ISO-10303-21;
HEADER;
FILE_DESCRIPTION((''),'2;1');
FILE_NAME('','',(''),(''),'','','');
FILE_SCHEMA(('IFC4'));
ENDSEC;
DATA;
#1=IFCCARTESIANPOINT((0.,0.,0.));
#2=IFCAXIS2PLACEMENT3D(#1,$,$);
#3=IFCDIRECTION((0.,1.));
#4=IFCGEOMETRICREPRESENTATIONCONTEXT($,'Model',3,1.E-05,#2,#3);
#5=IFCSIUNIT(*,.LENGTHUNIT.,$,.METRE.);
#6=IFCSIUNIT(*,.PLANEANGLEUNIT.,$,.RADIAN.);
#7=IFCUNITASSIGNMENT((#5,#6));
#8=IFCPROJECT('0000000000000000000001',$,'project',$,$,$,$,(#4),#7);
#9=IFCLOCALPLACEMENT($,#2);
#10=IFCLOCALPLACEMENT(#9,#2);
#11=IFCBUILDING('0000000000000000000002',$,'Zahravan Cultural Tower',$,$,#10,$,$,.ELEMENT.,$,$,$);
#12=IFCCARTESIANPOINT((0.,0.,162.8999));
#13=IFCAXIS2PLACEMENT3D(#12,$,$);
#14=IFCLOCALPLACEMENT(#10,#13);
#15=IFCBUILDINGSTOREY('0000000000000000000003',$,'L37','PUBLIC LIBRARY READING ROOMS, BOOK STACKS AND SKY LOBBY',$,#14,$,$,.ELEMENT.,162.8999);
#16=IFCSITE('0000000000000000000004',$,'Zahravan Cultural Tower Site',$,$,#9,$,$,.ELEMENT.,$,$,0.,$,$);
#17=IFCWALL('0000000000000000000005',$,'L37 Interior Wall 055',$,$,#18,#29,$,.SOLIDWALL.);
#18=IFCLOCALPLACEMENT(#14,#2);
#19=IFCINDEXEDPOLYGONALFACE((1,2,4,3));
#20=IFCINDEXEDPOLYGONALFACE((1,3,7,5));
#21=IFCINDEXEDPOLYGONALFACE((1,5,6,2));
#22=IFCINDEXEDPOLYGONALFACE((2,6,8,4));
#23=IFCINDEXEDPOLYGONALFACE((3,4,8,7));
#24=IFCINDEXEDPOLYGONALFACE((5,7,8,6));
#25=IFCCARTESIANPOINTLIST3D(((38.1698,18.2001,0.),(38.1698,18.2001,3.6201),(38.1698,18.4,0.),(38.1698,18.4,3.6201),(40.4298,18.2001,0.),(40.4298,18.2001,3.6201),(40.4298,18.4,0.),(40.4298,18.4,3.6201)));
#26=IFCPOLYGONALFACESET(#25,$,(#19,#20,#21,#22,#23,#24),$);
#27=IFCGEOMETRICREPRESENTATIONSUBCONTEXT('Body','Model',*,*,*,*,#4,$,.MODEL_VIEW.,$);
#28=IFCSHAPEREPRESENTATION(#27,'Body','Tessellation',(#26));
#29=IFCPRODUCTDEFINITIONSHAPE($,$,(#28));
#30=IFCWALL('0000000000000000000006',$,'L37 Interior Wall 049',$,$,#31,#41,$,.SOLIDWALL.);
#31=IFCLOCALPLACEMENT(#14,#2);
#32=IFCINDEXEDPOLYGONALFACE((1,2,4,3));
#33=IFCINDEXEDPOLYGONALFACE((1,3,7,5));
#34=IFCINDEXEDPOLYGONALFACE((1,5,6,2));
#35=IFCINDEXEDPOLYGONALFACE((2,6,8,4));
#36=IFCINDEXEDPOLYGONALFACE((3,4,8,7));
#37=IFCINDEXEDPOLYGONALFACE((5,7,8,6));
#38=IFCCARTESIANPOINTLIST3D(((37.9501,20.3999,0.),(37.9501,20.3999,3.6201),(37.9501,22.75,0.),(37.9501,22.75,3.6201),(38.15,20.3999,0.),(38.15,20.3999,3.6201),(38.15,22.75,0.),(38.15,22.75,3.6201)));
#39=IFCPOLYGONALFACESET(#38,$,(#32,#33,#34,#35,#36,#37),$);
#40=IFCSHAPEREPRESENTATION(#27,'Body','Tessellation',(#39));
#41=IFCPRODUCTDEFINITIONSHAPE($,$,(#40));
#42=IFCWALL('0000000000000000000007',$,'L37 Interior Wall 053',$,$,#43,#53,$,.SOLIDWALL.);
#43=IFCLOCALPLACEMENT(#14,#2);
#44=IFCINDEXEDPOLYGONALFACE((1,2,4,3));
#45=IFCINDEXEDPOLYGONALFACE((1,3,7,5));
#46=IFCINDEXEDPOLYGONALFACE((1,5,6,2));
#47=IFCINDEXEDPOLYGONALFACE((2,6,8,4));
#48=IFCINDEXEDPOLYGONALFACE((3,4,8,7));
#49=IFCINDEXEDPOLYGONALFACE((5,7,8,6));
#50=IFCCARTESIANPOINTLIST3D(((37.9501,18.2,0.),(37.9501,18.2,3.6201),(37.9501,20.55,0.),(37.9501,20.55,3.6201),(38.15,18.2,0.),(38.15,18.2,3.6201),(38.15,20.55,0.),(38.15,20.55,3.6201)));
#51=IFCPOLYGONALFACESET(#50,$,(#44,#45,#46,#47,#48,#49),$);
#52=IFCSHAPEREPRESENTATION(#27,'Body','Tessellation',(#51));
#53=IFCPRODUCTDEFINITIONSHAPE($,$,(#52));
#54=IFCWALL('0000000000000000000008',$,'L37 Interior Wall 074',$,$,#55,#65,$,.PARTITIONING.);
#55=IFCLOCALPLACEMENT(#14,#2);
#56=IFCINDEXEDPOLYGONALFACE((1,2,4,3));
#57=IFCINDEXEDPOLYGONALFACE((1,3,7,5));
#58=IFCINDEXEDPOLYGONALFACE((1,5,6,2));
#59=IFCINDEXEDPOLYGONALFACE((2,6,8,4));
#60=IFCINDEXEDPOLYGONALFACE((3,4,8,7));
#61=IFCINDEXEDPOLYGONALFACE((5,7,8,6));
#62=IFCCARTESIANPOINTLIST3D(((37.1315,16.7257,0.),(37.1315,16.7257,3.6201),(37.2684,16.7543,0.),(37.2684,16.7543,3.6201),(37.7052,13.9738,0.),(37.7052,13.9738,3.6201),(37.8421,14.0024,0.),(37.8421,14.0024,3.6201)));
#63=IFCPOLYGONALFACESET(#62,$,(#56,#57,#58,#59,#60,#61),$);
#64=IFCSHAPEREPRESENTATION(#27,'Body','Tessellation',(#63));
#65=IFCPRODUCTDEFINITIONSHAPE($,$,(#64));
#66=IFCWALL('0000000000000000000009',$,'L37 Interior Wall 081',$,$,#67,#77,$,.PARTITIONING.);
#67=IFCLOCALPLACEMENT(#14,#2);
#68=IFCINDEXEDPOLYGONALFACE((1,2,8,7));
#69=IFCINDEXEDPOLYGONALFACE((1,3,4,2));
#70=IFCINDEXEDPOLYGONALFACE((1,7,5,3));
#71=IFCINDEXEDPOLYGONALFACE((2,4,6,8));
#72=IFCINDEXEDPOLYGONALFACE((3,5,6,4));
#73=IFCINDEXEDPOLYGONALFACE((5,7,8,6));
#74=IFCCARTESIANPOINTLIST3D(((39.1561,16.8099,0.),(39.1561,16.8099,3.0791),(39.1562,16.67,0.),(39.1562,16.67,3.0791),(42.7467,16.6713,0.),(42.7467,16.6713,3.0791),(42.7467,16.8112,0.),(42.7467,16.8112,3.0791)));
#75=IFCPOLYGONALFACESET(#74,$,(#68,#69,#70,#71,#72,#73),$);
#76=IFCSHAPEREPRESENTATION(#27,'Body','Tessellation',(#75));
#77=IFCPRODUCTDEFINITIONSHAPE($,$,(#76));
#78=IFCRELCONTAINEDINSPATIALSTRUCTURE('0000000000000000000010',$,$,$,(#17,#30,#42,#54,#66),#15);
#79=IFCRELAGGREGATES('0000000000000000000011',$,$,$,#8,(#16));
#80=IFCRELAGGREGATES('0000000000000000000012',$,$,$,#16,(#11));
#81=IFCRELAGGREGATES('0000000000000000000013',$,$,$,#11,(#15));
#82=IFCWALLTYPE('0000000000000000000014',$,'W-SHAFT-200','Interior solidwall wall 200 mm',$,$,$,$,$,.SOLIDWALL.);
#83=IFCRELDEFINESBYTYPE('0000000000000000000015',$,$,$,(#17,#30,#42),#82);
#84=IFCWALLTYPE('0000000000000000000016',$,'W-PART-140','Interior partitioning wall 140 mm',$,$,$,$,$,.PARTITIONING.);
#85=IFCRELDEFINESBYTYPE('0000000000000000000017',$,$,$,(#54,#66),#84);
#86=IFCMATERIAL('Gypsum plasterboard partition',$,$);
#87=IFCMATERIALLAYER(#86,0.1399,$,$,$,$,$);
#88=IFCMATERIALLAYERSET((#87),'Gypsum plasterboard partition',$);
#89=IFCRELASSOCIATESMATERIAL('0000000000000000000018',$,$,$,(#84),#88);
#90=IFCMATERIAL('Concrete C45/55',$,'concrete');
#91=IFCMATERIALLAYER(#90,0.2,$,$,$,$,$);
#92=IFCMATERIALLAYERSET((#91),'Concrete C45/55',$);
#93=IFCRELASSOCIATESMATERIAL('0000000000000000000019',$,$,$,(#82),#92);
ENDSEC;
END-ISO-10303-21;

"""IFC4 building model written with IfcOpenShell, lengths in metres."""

from ifc_helpers import new_model, si_unit, direction, frame, frame_2d, origin, place, context, subcontext, project, spatial, rectangle, extrude, source, transform, mapped, material, layer, layer_set, type_object, element, save


model = new_model("IFC4")

# Units and contexts
model_context = context("Model", 3, precision=1e-05, world=origin(), true_north=direction((0.0, 1.0)))
body_context = subcontext(model_context, "Body", "Model", "MODEL_VIEW")
ifc_project = project(units=[si_unit("LENGTHUNIT", "METRE"), si_unit("PLANEANGLEUNIT", "RADIAN")], contexts=[model_context])

# Site, building, storey
site_placement = place(None, origin())
site = spatial("IfcSite", under=ifc_project, at=site_placement, Name="Zahravan Cultural Tower Site", CompositionType="ELEMENT", RefElevation=0.0)
building_placement = place(site_placement, origin())
building = spatial("IfcBuilding", under=site, at=building_placement, Name="Zahravan Cultural Tower", CompositionType="ELEMENT")
storey_placement = place(building_placement, frame((0.0, 0.0, 162.8999)))
storey = spatial("IfcBuildingStorey", under=building, at=storey_placement, Name="L37", Description="PUBLIC LIBRARY READING ROOMS, BOOK STACKS AND SKY LOBBY", CompositionType="ELEMENT", Elevation=162.8999)

# Shared definitions
ifc_material_1 = material(Name="Gypsum plasterboard partition")
ifc_layer_1 = layer(ifc_material_1, 0.1399)
ifc_layer_set_1 = layer_set([ifc_layer_1], Name="Gypsum plasterboard partition")
wall_type_1 = type_object("IfcWallType", Name="W-PART-140", Description="Interior partitioning wall 140 mm", PredefinedType="PARTITIONING", material=ifc_layer_set_1)
ifc_material_2 = material(Name="Concrete C45/55", Category="concrete")
ifc_layer_2 = layer(ifc_material_2, 0.2)
ifc_layer_set_2 = layer_set([ifc_layer_2], Name="Concrete C45/55")
wall_type_2 = type_object("IfcWallType", Name="W-SHAFT-200", Description="Interior solidwall wall 200 mm", PredefinedType="SOLIDWALL", material=ifc_layer_set_2)

# Walls
shared_shape_1 = source(origin(), body_context, "Body", "SweptSolid", [
    extrude(rectangle(XDim=2.26, YDim=0.2, at=frame_2d((1.1299, 0.0))), origin(), (0.0, 0.0, 1.0), 3.6201),
])
for number, where, z_axis, x_axis, name in (
    (1, (38.1699, 18.3, 0.0), (0.0, 0.0, 1.0), (1.0, 0.0, 0.0), "L37 Interior Wall 055"),
):
    element("IfcWall", number, at=place(storey_placement, frame(where, z_axis=z_axis, x_axis=x_axis)), inside=storey, type_object=wall_type_2, Name=name, PredefinedType="SOLIDWALL", context=body_context, shape_type="MappedRepresentation", body=[
        mapped(shared_shape_1, transform((0.0, 0.0, 0.0), x_axis=(1.0, 0.0, 0.0), y_axis=(0.0, 1.0, 0.0), z_axis=(0.0, 0.0, 1.0), scale=1.0)),
    ])
shared_shape_2 = source(origin(), body_context, "Body", "SweptSolid", [
    extrude(rectangle(XDim=2.3501, YDim=0.2, at=frame_2d((1.175, 0.0))), origin(), (0.0, 0.0, 1.0), 3.6201),
])
for number, where, z_axis, x_axis, name in (
    (2, (38.05, 20.3999, 0.0), (0.0, 0.0, 1.0), (0.0, 1.0, 0.0), "L37 Interior Wall 049"),
    (3, (38.05, 18.2, 0.0), (0.0, 0.0, 1.0), (0.0, 1.0, 0.0), "L37 Interior Wall 053"),
):
    element("IfcWall", number, at=place(storey_placement, frame(where, z_axis=z_axis, x_axis=x_axis)), inside=storey, type_object=wall_type_2, Name=name, PredefinedType="SOLIDWALL", context=body_context, shape_type="MappedRepresentation", body=[
        mapped(shared_shape_2, transform((0.0, 0.0, 0.0), x_axis=(1.0, 0.0, 0.0), y_axis=(0.0, 1.0, 0.0), z_axis=(0.0, 0.0, 1.0), scale=1.0)),
    ])
shared_shape_3 = source(origin(), body_context, "Body", "SweptSolid", [
    extrude(rectangle(XDim=2.811, YDim=0.1399, at=frame_2d((1.4055, 0.0))), origin(), (0.0, 0.0, 1.0), 3.6201),
])
wall_1_placement = place(storey_placement, frame((37.2, 16.74, 0.0), z_axis=(0.0, 0.0, 1.0), x_axis=(0.204093, -0.978952, 0.0)))
element("IfcWall", 4, at=wall_1_placement, inside=storey, type_object=wall_type_1, Name="L37 Interior Wall 074", PredefinedType="PARTITIONING", context=body_context, shape_type="MappedRepresentation", body=[
    mapped(shared_shape_3, transform((0.0, 0.0, 0.0), x_axis=(1.0, 0.0, 0.0), y_axis=(0.0, 1.0, 0.0), z_axis=(0.0, 0.0, 1.0), scale=1.0)),
])
shared_shape_4 = source(origin(), body_context, "Body", "SweptSolid", [
    extrude(rectangle(XDim=3.5906, YDim=0.1399, at=frame_2d((1.7954, 0.0))), origin(), (0.0, 0.0, 1.0), 3.0791),
])
wall_2_placement = place(storey_placement, frame((39.156, 16.74, 0.0), z_axis=(0.0, 0.0, 1.0), x_axis=(1.0, 0.00034, 0.0)))
element("IfcWall", 5, at=wall_2_placement, inside=storey, type_object=wall_type_1, Name="L37 Interior Wall 081", PredefinedType="PARTITIONING", context=body_context, shape_type="MappedRepresentation", body=[
    mapped(shared_shape_4, transform((0.0, 0.0, 0.0), x_axis=(1.0, 0.0, 0.0), y_axis=(0.0, 1.0, 0.0), z_axis=(0.0, 0.0, 1.0), scale=1.0)),
])

save(model, "model.ifc")
